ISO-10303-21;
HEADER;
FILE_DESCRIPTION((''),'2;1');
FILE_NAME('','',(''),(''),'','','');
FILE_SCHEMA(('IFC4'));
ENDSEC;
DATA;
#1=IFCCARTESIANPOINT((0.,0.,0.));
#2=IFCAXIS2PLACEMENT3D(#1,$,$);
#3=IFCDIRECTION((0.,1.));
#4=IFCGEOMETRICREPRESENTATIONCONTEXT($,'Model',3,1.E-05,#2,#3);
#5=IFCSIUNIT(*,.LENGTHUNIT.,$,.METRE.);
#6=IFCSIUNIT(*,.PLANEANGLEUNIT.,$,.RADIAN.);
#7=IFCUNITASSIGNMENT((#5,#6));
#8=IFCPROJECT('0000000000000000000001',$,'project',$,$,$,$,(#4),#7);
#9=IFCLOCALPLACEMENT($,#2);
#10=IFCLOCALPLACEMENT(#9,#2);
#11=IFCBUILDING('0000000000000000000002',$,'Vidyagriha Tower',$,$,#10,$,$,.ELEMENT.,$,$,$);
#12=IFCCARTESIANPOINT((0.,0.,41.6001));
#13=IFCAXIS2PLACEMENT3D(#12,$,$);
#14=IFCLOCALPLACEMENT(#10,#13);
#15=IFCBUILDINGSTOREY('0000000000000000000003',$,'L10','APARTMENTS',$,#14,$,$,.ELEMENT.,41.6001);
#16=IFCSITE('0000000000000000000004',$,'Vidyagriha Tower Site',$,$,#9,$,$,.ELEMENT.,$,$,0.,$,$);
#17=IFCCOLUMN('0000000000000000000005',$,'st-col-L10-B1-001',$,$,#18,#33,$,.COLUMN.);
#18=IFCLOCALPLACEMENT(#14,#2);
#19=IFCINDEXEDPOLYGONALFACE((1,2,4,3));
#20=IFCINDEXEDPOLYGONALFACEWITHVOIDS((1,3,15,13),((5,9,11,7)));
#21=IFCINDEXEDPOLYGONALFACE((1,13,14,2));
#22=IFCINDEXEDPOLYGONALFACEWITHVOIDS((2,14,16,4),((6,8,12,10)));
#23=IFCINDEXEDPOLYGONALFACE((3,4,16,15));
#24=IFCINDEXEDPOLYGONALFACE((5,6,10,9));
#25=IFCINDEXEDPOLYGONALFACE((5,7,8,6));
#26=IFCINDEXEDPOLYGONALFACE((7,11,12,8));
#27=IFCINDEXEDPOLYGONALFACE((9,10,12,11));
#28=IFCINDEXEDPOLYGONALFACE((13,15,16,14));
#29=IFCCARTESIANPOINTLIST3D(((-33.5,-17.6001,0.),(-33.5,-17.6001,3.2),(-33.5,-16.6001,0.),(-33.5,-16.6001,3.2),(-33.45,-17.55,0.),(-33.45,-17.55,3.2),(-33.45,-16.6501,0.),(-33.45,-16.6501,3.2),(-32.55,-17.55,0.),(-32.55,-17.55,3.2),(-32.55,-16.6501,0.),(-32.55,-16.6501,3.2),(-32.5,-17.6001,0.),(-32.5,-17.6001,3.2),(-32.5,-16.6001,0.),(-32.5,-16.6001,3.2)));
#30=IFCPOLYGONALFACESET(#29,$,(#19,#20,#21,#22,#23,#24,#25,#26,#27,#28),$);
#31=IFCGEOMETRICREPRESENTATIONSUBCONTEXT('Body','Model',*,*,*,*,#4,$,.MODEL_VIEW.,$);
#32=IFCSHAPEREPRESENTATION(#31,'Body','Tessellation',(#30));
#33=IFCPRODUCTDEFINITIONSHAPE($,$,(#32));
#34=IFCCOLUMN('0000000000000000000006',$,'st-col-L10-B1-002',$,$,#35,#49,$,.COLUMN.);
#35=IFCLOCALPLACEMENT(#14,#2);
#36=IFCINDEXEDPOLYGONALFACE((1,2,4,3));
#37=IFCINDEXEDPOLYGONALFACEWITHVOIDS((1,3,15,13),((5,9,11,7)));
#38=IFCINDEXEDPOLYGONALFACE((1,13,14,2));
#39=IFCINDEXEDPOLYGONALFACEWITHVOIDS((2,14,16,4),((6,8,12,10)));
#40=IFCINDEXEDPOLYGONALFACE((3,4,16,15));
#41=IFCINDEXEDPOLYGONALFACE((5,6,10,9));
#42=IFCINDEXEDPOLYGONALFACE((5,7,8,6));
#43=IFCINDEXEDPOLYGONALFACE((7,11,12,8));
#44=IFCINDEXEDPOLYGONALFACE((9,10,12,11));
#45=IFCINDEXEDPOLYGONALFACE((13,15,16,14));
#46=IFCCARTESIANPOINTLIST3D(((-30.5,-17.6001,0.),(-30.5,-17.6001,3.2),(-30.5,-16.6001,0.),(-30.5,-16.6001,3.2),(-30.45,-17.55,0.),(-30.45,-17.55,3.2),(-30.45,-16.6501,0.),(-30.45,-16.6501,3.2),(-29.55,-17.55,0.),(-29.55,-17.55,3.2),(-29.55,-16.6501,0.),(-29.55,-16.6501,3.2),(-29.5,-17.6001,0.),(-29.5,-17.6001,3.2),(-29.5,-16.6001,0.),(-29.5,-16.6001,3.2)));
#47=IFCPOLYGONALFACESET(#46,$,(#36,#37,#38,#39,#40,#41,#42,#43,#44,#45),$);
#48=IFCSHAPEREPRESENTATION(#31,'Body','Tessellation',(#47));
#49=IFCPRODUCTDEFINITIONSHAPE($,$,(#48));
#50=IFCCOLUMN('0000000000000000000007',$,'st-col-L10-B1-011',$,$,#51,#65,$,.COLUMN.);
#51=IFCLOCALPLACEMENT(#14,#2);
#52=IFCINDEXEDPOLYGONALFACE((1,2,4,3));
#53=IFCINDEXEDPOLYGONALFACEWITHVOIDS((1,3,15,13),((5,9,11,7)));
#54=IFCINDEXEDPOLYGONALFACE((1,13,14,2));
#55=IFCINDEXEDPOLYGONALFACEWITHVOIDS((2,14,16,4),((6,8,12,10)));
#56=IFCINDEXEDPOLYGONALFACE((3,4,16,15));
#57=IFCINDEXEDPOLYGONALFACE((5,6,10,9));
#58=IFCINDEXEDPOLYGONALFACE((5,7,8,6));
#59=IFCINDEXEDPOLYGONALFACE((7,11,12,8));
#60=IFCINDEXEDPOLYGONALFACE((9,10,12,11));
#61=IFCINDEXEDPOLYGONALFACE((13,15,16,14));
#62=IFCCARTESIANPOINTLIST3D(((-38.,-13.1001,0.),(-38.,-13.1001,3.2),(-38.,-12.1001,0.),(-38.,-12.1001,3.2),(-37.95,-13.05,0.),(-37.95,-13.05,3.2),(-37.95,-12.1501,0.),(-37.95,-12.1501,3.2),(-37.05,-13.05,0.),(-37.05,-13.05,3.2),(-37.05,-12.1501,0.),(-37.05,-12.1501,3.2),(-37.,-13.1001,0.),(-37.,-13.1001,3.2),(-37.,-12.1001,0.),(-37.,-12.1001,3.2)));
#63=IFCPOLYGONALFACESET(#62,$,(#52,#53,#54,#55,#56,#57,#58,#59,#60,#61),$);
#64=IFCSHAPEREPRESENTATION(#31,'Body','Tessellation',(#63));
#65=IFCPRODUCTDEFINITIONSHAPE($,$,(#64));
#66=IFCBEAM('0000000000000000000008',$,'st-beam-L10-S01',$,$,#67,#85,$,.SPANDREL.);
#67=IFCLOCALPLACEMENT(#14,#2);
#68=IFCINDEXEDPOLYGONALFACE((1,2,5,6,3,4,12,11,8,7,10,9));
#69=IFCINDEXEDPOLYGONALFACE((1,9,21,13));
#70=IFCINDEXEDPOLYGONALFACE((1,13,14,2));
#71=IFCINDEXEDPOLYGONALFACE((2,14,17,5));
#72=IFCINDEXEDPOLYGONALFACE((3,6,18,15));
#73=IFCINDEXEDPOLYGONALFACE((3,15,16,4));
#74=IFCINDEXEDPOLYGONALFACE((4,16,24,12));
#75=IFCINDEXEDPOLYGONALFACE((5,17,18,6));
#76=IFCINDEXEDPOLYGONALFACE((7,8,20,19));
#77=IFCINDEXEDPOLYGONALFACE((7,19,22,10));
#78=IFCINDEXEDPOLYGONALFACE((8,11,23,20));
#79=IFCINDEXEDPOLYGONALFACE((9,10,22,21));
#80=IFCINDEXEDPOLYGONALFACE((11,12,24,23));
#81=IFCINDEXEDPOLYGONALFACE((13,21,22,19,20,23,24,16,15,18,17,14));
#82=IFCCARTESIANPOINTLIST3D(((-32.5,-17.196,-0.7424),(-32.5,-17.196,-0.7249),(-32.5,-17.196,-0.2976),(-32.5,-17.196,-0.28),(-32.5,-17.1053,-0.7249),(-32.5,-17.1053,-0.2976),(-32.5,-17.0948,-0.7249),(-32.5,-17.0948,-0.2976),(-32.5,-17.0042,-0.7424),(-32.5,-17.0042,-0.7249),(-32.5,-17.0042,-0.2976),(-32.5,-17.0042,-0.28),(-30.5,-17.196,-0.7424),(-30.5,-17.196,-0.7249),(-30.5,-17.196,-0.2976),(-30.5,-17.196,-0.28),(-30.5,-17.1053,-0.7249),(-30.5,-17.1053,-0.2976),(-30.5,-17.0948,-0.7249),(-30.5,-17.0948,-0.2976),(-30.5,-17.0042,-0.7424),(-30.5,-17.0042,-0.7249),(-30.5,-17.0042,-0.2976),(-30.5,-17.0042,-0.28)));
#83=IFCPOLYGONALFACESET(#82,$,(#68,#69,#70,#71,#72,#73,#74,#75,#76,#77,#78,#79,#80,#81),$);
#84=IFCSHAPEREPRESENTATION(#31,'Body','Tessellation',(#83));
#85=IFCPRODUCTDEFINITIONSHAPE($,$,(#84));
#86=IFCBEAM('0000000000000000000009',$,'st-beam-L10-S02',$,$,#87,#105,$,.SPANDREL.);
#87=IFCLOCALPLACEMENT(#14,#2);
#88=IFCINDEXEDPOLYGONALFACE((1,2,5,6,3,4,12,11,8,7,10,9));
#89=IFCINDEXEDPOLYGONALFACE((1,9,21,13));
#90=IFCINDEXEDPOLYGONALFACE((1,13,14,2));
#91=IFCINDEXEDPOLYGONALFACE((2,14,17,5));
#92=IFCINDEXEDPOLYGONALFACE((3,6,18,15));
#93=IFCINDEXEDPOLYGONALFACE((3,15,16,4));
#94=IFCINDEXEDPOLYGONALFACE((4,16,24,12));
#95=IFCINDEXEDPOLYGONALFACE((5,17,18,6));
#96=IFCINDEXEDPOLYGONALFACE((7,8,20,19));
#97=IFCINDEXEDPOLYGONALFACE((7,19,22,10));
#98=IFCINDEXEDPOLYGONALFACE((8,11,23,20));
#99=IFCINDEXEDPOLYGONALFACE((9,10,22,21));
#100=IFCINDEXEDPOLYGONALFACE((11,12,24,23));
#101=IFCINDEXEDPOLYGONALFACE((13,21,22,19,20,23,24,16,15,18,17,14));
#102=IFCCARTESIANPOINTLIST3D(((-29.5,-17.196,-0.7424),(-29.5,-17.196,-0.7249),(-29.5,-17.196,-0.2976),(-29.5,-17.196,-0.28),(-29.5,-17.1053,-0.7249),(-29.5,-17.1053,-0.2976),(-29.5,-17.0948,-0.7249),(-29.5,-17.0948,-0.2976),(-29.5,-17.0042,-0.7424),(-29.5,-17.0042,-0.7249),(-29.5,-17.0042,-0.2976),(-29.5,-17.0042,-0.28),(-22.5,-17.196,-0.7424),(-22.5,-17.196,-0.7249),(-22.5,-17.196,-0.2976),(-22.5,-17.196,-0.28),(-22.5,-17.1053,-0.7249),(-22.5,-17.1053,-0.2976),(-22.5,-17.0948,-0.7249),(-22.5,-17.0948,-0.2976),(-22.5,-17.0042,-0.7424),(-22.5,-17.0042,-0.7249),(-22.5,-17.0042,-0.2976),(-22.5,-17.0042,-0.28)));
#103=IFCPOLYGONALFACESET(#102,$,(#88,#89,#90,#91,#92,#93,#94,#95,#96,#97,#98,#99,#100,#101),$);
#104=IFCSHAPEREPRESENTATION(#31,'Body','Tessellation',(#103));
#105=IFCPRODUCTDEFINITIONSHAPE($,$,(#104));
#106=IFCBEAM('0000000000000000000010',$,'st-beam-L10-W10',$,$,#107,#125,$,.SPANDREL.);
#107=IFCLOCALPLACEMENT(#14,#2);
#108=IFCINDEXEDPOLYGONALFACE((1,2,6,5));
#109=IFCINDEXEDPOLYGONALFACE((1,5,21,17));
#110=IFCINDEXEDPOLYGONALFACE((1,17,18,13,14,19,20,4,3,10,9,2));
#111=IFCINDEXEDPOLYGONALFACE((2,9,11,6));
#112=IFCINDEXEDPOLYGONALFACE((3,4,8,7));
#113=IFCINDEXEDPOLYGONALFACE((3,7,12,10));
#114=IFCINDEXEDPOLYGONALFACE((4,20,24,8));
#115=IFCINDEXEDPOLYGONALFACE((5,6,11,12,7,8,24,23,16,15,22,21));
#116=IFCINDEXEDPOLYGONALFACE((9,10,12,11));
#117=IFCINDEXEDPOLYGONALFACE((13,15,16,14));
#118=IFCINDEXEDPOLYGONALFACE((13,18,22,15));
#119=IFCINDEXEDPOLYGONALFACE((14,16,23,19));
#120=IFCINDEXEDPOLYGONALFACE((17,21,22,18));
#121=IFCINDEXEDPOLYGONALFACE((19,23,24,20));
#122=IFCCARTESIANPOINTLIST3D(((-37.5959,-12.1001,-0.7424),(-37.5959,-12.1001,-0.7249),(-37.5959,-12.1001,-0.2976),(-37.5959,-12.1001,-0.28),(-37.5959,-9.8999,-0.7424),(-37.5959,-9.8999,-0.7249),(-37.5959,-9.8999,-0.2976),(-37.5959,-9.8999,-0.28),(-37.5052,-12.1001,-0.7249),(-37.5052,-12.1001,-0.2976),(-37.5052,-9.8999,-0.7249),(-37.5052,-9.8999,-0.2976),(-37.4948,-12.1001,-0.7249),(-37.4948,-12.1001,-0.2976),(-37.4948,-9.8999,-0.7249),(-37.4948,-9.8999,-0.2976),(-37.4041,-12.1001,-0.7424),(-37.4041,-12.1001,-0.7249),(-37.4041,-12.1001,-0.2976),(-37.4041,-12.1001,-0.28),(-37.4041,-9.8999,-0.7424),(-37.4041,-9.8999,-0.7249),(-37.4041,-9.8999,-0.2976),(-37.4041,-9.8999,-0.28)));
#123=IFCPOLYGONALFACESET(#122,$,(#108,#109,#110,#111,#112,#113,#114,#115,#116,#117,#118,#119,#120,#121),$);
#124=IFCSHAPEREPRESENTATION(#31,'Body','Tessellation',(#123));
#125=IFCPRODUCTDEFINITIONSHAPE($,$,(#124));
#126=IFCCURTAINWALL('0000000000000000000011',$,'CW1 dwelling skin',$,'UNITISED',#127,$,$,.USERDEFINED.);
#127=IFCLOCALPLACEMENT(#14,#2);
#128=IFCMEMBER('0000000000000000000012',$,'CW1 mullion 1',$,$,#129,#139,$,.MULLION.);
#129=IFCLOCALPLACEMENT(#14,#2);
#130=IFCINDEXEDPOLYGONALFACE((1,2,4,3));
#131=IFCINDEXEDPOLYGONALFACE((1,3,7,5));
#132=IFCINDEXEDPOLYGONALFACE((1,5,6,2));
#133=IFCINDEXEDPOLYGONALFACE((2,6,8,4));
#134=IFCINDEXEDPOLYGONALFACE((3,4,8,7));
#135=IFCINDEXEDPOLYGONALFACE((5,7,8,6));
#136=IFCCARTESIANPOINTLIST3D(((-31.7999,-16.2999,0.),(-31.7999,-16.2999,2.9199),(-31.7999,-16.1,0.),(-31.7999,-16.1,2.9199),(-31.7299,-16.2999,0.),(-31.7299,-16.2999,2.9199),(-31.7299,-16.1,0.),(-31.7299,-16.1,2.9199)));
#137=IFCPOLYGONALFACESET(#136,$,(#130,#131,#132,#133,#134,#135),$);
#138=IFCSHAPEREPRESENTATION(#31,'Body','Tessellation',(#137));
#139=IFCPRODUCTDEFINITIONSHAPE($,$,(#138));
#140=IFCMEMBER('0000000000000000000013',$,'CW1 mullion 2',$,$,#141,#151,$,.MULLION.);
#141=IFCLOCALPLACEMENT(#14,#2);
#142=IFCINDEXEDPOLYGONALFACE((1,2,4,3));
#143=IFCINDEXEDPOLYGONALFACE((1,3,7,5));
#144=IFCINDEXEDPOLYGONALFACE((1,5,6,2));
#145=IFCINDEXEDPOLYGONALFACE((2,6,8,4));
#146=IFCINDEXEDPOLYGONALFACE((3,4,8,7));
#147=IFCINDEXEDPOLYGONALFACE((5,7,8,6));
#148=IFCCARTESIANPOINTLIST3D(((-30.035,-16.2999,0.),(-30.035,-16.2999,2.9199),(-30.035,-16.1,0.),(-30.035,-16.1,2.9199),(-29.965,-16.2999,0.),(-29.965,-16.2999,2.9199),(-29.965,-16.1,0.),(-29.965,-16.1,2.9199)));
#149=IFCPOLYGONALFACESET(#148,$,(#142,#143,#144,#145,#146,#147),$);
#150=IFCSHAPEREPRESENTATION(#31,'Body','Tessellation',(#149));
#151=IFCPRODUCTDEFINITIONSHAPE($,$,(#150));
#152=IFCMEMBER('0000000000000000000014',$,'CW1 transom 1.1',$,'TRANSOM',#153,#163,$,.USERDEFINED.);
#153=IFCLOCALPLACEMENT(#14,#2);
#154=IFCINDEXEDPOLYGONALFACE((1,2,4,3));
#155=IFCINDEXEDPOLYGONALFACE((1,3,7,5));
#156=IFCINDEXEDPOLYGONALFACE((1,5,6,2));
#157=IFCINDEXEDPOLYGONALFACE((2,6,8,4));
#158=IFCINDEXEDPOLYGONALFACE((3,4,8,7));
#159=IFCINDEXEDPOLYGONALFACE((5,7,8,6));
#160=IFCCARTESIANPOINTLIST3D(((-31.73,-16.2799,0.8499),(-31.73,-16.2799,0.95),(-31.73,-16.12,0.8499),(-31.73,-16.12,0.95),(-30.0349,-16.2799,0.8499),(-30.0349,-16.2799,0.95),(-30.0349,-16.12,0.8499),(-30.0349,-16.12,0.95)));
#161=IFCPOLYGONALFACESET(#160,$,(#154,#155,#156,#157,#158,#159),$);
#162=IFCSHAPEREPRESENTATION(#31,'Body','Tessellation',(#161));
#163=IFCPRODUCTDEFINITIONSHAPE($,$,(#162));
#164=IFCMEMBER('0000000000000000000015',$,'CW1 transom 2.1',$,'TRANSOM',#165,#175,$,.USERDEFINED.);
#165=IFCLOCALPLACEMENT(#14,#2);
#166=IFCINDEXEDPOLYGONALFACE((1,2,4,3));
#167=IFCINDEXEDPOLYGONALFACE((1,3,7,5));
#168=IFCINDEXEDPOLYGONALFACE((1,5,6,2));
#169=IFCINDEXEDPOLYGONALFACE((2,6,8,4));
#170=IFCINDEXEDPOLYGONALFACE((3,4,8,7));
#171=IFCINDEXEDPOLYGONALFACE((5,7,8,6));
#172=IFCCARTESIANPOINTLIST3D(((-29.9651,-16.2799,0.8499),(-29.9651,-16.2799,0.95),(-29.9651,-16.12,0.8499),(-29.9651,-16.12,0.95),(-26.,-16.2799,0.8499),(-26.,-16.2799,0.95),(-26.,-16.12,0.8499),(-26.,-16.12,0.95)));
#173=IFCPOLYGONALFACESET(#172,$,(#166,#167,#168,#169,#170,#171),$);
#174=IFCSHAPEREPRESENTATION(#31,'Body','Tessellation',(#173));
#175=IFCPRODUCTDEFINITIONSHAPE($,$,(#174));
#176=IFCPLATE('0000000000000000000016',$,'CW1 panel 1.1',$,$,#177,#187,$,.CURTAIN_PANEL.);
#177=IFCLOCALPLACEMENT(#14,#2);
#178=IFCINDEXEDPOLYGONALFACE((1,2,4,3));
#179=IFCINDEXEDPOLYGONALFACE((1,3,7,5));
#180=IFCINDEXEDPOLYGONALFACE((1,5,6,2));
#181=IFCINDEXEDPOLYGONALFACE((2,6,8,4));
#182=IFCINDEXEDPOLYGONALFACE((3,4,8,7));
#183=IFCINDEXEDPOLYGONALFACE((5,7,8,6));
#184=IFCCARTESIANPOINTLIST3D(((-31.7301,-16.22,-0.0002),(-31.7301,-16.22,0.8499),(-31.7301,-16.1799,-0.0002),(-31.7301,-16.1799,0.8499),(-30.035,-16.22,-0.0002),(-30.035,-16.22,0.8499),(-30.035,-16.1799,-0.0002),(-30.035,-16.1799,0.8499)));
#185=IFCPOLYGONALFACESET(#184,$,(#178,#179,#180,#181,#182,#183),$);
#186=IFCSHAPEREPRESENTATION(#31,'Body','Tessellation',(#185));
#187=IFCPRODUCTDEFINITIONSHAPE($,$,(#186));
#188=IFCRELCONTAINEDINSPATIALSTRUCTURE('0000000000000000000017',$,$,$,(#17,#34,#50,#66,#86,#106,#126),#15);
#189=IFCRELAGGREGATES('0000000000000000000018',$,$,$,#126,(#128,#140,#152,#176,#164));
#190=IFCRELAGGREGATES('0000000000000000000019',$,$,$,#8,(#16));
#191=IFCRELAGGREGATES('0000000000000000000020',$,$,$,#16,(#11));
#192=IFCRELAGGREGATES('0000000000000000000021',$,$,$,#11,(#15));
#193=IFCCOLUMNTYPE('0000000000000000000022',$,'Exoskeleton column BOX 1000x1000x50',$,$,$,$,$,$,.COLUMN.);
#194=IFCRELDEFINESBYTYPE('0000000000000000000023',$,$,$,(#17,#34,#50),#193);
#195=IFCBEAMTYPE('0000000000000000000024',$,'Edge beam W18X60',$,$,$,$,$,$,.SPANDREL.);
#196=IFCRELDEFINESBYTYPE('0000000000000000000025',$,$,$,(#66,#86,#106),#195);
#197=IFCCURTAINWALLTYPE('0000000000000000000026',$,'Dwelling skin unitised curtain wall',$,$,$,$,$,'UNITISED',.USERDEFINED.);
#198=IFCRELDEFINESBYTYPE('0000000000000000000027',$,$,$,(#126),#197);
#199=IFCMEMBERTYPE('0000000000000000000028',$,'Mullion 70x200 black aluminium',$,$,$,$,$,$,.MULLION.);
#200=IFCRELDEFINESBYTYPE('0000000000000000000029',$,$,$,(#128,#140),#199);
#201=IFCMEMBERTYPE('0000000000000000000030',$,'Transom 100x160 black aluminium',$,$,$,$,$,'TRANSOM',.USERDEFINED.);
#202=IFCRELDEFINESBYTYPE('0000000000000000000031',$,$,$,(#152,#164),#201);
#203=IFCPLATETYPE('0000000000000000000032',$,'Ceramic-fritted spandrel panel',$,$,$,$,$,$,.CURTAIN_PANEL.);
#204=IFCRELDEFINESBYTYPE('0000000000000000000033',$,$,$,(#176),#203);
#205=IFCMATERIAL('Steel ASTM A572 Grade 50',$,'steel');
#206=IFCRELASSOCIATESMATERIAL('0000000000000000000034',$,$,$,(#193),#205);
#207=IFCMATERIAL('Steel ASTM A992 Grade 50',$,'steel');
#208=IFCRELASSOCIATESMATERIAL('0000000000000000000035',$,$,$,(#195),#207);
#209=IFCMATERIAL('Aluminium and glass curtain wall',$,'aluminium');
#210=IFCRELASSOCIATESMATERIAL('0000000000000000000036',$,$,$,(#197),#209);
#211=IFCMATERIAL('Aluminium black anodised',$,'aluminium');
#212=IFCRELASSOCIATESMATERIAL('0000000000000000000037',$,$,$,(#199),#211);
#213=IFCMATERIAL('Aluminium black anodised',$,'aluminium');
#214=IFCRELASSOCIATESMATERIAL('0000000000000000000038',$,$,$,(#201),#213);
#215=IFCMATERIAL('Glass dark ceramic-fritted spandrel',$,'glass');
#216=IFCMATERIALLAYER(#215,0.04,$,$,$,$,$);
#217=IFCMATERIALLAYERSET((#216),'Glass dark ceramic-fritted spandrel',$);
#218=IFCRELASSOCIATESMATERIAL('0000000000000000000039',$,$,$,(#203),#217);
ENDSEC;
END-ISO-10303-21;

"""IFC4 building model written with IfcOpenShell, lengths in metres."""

from ifc_helpers import new_model, si_unit, direction, frame, origin, origin_2d, place, context, subcontext, project, spatial, rectangle, hollow_rectangle, i_section, extrude, material, layer, layer_set, material_profile, profile_set, type_object, element, aggregate, save


model = new_model("IFC4")

# Units and contexts
model_context = context("Model", 3, precision=1e-05, world=origin(), true_north=direction((0.0, 1.0)))
body_context = subcontext(model_context, "Body", "Model", "MODEL_VIEW")
ifc_project = project(units=[si_unit("LENGTHUNIT", "METRE"), si_unit("PLANEANGLEUNIT", "RADIAN")], contexts=[model_context])

# Site, building, storey
site_placement = place(None, origin())
site = spatial("IfcSite", under=ifc_project, at=site_placement, Name="Vidyagriha Tower Site", CompositionType="ELEMENT", RefElevation=0.0)
building_placement = place(site_placement, origin())
building = spatial("IfcBuilding", under=site, at=building_placement, Name="Vidyagriha Tower", CompositionType="ELEMENT")
storey_placement = place(building_placement, frame((0.0, 0.0, 41.6001)))
storey = spatial("IfcBuildingStorey", under=building, at=storey_placement, Name="L10", Description="APARTMENTS", CompositionType="ELEMENT", Elevation=41.6001)

# Columns
ifc_material_1 = material(Name="Steel ASTM A572 Grade 50", Category="steel")
ifc_material_profile_1 = material_profile(ifc_material_1, hollow_rectangle(XDim=1.0, YDim=1.0, WallThickness=0.05, at=origin_2d()), Name="BOX 1000x1000x50")
ifc_profile_set_1 = profile_set([ifc_material_profile_1], Name="Steel ASTM A572 Grade 50")
column_type = type_object("IfcColumnType", Name="Exoskeleton column BOX 1000x1000x50", PredefinedType="COLUMN", material=ifc_profile_set_1)
for number, where, name in (
    (1, (-33.0, -17.1001, 0.0), "st-col-L10-B1-001"),
    (2, (-30.0, -17.1001, 0.0), "st-col-L10-B1-002"),
    (3, (-37.5, -12.6001, 0.0), "st-col-L10-B1-011"),
):
    element("IfcColumn", number, at=place(storey_placement, frame(where)), inside=storey, type_object=column_type, Name=name, PredefinedType="COLUMN", context=body_context, shape_type="SweptSolid", body=[
        extrude(hollow_rectangle(XDim=1.0, YDim=1.0, WallThickness=0.05, at=origin_2d()), origin(), (0.0, 0.0, 1.0), 3.2),
    ])

# Beams
ifc_material_2 = material(Name="Steel ASTM A992 Grade 50", Category="steel")
ifc_material_profile_2 = material_profile(ifc_material_2, i_section(OverallWidth=0.1919, OverallDepth=0.4624, WebThickness=0.0105, FlangeThickness=0.0176, at=origin_2d()), Name="W18X60")
ifc_profile_set_2 = profile_set([ifc_material_profile_2], Name="Steel ASTM A992 Grade 50")
beam_type = type_object("IfcBeamType", Name="Edge beam W18X60", PredefinedType="SPANDREL", material=ifc_profile_set_2)
beam_1_placement = place(storey_placement, frame((-32.5, -17.1001, -0.5112), z_axis=(1.0, 0.0, 0.0), x_axis=(0.0, 1.0, 0.0)))
element("IfcBeam", 4, at=beam_1_placement, inside=storey, type_object=beam_type, Name="st-beam-L10-S01", PredefinedType="SPANDREL", context=body_context, shape_type="SweptSolid", body=[
    extrude(i_section(OverallWidth=0.1919, OverallDepth=0.4624, WebThickness=0.0105, FlangeThickness=0.0176, at=origin_2d()), origin(), (0.0, 0.0, 1.0), 2.0),
])
beam_2_placement = place(storey_placement, frame((-29.5, -17.1001, -0.5112), z_axis=(1.0, 0.0, 0.0), x_axis=(0.0, 1.0, 0.0)))
element("IfcBeam", 5, at=beam_2_placement, inside=storey, type_object=beam_type, Name="st-beam-L10-S02", PredefinedType="SPANDREL", context=body_context, shape_type="SweptSolid", body=[
    extrude(i_section(OverallWidth=0.1919, OverallDepth=0.4624, WebThickness=0.0105, FlangeThickness=0.0176, at=origin_2d()), origin(), (0.0, 0.0, 1.0), 7.0),
])
beam_3_placement = place(storey_placement, frame((-37.5, -12.1001, -0.5112), z_axis=(0.0, 1.0, 0.0), x_axis=(-1.0, 0.0, 0.0)))
element("IfcBeam", 6, at=beam_3_placement, inside=storey, type_object=beam_type, Name="st-beam-L10-W10", PredefinedType="SPANDREL", context=body_context, shape_type="SweptSolid", body=[
    extrude(i_section(OverallWidth=0.1919, OverallDepth=0.4624, WebThickness=0.0105, FlangeThickness=0.0176, at=origin_2d()), origin(), (0.0, 0.0, 1.0), 2.2002),
])

# Curtain wall, members, plate
ifc_material_3 = material(Name="Aluminium and glass curtain wall", Category="aluminium")
curtain_wall_type = type_object("IfcCurtainWallType", Name="Dwelling skin unitised curtain wall", ElementType="UNITISED", PredefinedType="USERDEFINED", material=ifc_material_3)
curtain_wall_placement = place(storey_placement, origin())
curtain_wall = element("IfcCurtainWall", 7, at=curtain_wall_placement, inside=storey, type_object=curtain_wall_type, Name="CW1 dwelling skin", ObjectType="UNITISED", PredefinedType="USERDEFINED")
ifc_material_4 = material(Name="Aluminium black anodised", Category="aluminium")
ifc_material_profile_3 = material_profile(ifc_material_4, rectangle(XDim=0.2, YDim=0.0701, at=origin_2d()), Name="Mullion 70x200 black aluminium")
ifc_profile_set_3 = profile_set([ifc_material_profile_3], Name="Aluminium black anodised")
member_type_1 = type_object("IfcMemberType", Name="Mullion 70x200 black aluminium", PredefinedType="MULLION", material=ifc_profile_set_3)
member_1_placement = place(storey_placement, frame((-31.7649, -16.2, 0.0), z_axis=(0.0, 0.0, 1.0), x_axis=(0.0, 1.0, 0.0)))
member_1 = element("IfcMember", 8, at=member_1_placement, type_object=member_type_1, Name="CW1 mullion 1", PredefinedType="MULLION", context=body_context, shape_type="SweptSolid", body=[
    extrude(rectangle(XDim=0.2, YDim=0.0701, at=origin_2d()), origin(), (0.0, 0.0, 1.0), 2.9199),
])
member_2_placement = place(storey_placement, frame((-30.0, -16.2, 0.0), z_axis=(0.0, 0.0, 1.0), x_axis=(0.0, 1.0, 0.0)))
member_2 = element("IfcMember", 9, at=member_2_placement, type_object=member_type_1, Name="CW1 mullion 2", PredefinedType="MULLION", context=body_context, shape_type="SweptSolid", body=[
    extrude(rectangle(XDim=0.2, YDim=0.0701, at=origin_2d()), origin(), (0.0, 0.0, 1.0), 2.9199),
])
ifc_material_5 = material(Name="Aluminium black anodised", Category="aluminium")
ifc_material_profile_4 = material_profile(ifc_material_5, rectangle(XDim=0.1599, YDim=0.1001, at=origin_2d()), Name="Transom 100x160 black aluminium")
ifc_profile_set_4 = profile_set([ifc_material_profile_4], Name="Aluminium black anodised")
member_type_2 = type_object("IfcMemberType", Name="Transom 100x160 black aluminium", ElementType="TRANSOM", PredefinedType="USERDEFINED", material=ifc_profile_set_4)
member_3_placement = place(storey_placement, frame((-31.73, -16.2, 0.8999), z_axis=(1.0, 0.0, 0.0), x_axis=(0.0, 1.0, 0.0)))
member_3 = element("IfcMember", 10, at=member_3_placement, type_object=member_type_2, Name="CW1 transom 1.1", ObjectType="TRANSOM", PredefinedType="USERDEFINED", context=body_context, shape_type="SweptSolid", body=[
    extrude(rectangle(XDim=0.1599, YDim=0.1001, at=origin_2d()), origin(), (0.0, 0.0, 1.0), 1.6951),
])
member_4_placement = place(storey_placement, frame((-29.9651, -16.2, 0.8999), z_axis=(1.0, 0.0, 0.0), x_axis=(0.0, 1.0, 0.0)))
member_4 = element("IfcMember", 11, at=member_4_placement, type_object=member_type_2, Name="CW1 transom 2.1", ObjectType="TRANSOM", PredefinedType="USERDEFINED", context=body_context, shape_type="SweptSolid", body=[
    extrude(rectangle(XDim=0.1599, YDim=0.1001, at=origin_2d()), origin(), (0.0, 0.0, 1.0), 3.9651),
])
ifc_material_6 = material(Name="Glass dark ceramic-fritted spandrel", Category="glass")
ifc_layer_1 = layer(ifc_material_6, 0.04)
ifc_layer_set_1 = layer_set([ifc_layer_1], Name="Glass dark ceramic-fritted spandrel")
plate_type_1 = type_object("IfcPlateType", Name="Ceramic-fritted spandrel panel", PredefinedType="CURTAIN_PANEL", material=ifc_layer_set_1)
plate_1_placement = place(storey_placement, frame((-30.8826, -16.2, -0.0002)))
plate_1 = element("IfcPlate", 12, at=plate_1_placement, type_object=plate_type_1, Name="CW1 panel 1.1", PredefinedType="CURTAIN_PANEL", context=body_context, shape_type="SweptSolid", body=[
    extrude(rectangle(XDim=1.6951, YDim=0.04, at=origin_2d()), origin(), (0.0, 0.0, 1.0), 0.8501),
])
aggregate(curtain_wall, [member_1, member_2, member_3, plate_1, member_4])

save(model, "model.ifc")
